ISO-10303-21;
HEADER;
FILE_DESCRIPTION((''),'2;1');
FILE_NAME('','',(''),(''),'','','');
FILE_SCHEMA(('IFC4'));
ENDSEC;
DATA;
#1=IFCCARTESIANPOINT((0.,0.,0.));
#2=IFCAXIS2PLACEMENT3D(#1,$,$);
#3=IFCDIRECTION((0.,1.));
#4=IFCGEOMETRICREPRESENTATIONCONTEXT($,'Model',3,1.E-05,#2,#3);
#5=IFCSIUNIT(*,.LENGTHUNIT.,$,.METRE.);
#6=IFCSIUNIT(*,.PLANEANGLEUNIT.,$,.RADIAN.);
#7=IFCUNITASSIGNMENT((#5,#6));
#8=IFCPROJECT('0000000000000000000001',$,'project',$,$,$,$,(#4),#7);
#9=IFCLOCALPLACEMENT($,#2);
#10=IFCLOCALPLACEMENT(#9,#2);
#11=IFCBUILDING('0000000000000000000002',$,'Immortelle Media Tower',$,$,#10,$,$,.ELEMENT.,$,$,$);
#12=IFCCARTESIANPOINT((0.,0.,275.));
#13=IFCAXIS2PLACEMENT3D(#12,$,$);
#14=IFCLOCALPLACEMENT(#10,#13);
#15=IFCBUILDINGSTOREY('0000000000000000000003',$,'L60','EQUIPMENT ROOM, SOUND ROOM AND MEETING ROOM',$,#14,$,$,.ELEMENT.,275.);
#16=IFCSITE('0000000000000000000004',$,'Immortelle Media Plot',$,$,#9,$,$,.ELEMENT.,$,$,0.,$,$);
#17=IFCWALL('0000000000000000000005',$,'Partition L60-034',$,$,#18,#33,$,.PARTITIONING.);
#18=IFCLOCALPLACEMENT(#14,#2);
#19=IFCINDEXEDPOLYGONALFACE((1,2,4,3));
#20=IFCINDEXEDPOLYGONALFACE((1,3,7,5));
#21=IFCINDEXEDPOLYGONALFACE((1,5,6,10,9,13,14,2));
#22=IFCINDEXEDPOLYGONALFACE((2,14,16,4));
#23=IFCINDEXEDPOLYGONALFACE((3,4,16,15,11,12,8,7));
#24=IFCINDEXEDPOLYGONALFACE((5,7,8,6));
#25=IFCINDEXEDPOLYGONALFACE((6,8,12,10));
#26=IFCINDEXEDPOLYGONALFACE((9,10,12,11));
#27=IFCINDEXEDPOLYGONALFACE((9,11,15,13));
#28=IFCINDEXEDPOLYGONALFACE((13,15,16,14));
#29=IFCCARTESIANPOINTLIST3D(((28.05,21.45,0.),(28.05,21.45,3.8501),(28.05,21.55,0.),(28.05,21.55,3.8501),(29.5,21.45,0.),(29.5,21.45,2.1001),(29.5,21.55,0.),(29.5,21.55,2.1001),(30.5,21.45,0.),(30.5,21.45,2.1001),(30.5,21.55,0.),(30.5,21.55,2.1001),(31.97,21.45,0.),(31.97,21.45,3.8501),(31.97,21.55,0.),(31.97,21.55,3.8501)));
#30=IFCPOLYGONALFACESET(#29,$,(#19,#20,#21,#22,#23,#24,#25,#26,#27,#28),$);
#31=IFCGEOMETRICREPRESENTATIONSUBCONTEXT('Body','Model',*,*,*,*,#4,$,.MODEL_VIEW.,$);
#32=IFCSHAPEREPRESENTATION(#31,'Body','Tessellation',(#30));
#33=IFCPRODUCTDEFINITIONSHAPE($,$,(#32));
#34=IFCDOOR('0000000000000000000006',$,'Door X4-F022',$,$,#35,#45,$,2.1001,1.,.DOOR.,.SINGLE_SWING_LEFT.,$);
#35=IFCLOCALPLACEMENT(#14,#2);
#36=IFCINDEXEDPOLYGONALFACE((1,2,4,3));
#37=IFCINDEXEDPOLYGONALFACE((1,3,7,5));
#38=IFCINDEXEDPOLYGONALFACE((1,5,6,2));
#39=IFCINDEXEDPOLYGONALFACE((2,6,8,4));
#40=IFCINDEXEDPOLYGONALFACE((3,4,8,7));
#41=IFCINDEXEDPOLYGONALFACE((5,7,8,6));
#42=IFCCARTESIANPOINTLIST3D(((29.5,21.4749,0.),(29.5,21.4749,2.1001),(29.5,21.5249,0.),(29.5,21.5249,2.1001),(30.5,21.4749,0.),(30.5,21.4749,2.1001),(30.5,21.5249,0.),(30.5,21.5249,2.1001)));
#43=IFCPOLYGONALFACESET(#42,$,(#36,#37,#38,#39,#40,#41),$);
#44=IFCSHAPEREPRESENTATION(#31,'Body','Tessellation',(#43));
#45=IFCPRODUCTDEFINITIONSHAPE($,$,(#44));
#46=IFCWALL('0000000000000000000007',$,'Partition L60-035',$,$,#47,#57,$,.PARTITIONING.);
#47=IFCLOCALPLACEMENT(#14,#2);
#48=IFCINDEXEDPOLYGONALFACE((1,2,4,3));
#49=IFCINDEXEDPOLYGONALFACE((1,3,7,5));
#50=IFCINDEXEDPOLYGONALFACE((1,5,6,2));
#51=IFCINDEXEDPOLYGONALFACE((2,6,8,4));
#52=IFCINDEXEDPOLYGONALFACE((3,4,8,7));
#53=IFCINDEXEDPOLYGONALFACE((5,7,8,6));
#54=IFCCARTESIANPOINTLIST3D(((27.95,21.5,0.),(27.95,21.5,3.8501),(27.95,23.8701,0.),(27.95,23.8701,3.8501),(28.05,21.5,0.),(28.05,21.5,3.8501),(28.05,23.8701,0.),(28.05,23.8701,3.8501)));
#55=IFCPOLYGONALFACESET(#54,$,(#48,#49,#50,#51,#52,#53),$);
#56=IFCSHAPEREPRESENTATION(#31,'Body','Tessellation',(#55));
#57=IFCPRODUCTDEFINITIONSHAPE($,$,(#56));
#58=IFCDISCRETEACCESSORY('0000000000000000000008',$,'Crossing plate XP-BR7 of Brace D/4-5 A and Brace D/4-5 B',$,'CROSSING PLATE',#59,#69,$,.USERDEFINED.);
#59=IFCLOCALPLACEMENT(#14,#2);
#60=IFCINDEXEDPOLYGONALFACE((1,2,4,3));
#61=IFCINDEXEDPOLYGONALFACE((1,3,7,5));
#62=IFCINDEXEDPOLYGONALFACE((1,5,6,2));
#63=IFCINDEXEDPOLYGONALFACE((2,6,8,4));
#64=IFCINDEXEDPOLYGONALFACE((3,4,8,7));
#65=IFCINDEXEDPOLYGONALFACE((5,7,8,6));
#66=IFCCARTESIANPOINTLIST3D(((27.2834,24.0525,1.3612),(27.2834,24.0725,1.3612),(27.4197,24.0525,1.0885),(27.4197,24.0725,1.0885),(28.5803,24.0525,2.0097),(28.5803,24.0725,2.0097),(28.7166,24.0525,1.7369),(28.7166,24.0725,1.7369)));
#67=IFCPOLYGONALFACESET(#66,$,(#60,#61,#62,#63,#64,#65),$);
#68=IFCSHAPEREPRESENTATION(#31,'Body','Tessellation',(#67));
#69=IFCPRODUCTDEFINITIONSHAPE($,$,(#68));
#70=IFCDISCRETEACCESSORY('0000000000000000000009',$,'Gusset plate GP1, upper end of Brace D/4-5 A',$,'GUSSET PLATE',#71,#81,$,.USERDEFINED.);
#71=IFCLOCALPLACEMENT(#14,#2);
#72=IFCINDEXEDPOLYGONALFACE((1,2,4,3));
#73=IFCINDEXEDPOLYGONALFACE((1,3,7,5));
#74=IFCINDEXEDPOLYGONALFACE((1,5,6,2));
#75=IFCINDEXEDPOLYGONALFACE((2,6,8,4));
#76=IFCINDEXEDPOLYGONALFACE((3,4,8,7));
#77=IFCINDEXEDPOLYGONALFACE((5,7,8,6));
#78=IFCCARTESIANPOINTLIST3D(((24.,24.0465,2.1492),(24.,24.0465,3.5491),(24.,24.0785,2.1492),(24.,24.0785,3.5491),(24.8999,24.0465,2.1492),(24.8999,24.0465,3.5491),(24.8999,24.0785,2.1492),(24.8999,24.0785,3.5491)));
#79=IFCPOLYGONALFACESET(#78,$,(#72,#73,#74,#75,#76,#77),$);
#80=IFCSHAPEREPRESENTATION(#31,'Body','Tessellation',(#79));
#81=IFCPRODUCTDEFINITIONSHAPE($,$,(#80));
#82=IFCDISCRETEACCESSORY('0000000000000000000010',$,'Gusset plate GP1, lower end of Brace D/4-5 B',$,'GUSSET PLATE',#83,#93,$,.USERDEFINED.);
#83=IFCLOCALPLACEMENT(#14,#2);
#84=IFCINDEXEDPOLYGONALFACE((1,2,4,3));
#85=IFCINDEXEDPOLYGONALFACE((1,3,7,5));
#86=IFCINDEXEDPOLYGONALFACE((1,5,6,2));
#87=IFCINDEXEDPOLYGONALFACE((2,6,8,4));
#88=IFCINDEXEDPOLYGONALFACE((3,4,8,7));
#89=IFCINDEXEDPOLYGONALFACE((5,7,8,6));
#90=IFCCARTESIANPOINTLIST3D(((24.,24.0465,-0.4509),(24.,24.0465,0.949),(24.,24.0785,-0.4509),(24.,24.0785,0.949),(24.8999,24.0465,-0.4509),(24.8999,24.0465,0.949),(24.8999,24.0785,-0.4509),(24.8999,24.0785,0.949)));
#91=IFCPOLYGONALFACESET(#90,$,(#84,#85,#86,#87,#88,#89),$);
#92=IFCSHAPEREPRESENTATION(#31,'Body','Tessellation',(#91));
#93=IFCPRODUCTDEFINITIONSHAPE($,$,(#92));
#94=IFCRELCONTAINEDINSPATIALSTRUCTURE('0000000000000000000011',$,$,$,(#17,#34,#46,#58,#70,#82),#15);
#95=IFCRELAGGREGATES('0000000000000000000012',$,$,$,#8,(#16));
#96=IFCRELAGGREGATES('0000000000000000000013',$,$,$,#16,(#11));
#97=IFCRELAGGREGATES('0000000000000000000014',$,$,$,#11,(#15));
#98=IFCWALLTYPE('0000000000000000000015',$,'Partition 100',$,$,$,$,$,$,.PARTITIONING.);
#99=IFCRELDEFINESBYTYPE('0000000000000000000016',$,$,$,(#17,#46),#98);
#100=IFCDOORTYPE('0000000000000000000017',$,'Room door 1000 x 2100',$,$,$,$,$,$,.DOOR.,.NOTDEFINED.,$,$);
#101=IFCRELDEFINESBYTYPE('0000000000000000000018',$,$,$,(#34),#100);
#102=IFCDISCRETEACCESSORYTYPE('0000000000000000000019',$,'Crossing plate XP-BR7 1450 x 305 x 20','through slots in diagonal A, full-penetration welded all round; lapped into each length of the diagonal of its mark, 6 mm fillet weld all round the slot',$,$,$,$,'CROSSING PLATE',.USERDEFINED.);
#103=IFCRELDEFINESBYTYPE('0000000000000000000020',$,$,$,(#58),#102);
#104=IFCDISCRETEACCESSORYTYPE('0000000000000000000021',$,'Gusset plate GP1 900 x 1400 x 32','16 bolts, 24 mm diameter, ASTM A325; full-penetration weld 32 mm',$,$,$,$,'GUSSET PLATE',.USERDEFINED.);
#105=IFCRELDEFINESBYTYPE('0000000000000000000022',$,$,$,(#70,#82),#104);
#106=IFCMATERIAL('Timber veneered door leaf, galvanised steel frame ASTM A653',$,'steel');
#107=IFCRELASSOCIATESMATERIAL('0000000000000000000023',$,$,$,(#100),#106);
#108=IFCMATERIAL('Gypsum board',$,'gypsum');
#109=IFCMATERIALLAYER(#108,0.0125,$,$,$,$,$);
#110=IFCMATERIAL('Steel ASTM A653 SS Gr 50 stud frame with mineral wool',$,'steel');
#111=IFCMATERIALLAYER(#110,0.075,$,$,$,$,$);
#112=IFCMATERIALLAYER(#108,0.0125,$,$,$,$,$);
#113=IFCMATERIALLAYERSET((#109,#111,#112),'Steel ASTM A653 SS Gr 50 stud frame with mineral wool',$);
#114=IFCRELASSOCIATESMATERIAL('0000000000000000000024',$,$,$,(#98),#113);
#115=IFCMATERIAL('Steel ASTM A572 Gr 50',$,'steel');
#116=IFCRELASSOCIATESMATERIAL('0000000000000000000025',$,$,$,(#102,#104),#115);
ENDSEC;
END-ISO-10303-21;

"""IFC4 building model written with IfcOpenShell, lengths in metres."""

from ifc_helpers import new_model, si_unit, direction, frame, frame_2d, origin, origin_2d, place, context, subcontext, project, spatial, rectangle, extrude, material, layer, layer_set, material_profile, profile_set, type_object, element, fill, save


model = new_model("IFC4")

# Units and contexts
model_context = context("Model", 3, precision=1e-05, world=origin(), true_north=direction((0.0, 1.0)))
body_context = subcontext(model_context, "Body", "Model", "MODEL_VIEW")
ifc_project = project(units=[si_unit("LENGTHUNIT", "METRE"), si_unit("PLANEANGLEUNIT", "RADIAN")], contexts=[model_context])

# Site, building, storey
site_placement = place(None, origin())
site = spatial("IfcSite", under=ifc_project, at=site_placement, Name="Immortelle Media Plot", CompositionType="ELEMENT", RefElevation=0.0)
building_placement = place(site_placement, origin())
building = spatial("IfcBuilding", under=site, at=building_placement, Name="Immortelle Media Tower", CompositionType="ELEMENT")
storey_placement = place(building_placement, frame((0.0, 0.0, 275.0)))
storey = spatial("IfcBuildingStorey", under=building, at=storey_placement, Name="L60", Description="EQUIPMENT ROOM, SOUND ROOM AND MEETING ROOM", CompositionType="ELEMENT", Elevation=275.0)

# Shared definitions
ifc_material_1 = material(Name="Steel ASTM A653 SS Gr 50 stud frame with mineral wool", Category="steel")

# Shared definitions
ifc_material_2 = material(Name="Timber veneered door leaf, galvanised steel frame ASTM A653", Category="steel")
door_type = type_object("IfcDoorType", Name="Room door 1000 x 2100", OperationType="NOTDEFINED", PredefinedType="DOOR", material=ifc_material_2)

# Shared definitions
ifc_material_3 = material(Name="Gypsum board", Category="gypsum")
ifc_layer_1 = layer(ifc_material_3, 0.0125)
ifc_layer_2 = layer(ifc_material_1, 0.075)
ifc_layer_3 = layer(ifc_material_3, 0.0125)
ifc_layer_set_1 = layer_set([ifc_layer_1, ifc_layer_2, ifc_layer_3], Name="Steel ASTM A653 SS Gr 50 stud frame with mineral wool")
wall_type_1 = type_object("IfcWallType", Name="Partition 100", PredefinedType="PARTITIONING", material=ifc_layer_set_1)

# Wall, opening, door
wall_1_placement = place(storey_placement, frame((28.05, 21.5, 0.0), z_axis=(0.0, 0.0, 1.0), x_axis=(1.0, 0.0, 0.0)))
wall_1 = element("IfcWall", 1, at=wall_1_placement, inside=storey, type_object=wall_type_1, Name="Partition L60-034", PredefinedType="PARTITIONING", context=body_context, shape_type="SweptSolid", body=[
    extrude(rectangle(XDim=3.9199, YDim=0.1001, at=frame_2d((1.96, 0.0))), origin(), (0.0, 0.0, 1.0), 3.8501),
])
opening_1_placement = place(wall_1_placement, frame((1.45, 0.0, 0.0)))
opening_1 = element("IfcOpeningElement", 2, at=opening_1_placement, cuts=wall_1, PredefinedType="OPENING", context=body_context, shape_type="SweptSolid", body=[
    extrude(rectangle(XDim=1.0, YDim=2.1001, at=frame_2d((0.5, 1.05))), frame((0.0, 0.0601, 0.0), z_axis=(0.0, -1.0, 0.0), x_axis=(1.0, 0.0, 0.0)), (0.0, 0.0, 1.0), 0.1201),
])
door_1_placement = place(opening_1_placement, origin())
door_1 = element("IfcDoor", 3, at=door_1_placement, inside=storey, type_object=door_type, Name="Door X4-F022", OperationType="SINGLE_SWING_LEFT", OverallHeight=2.1001, OverallWidth=1.0, PredefinedType="DOOR", context=body_context, shape_type="SweptSolid", body=[
    extrude(rectangle(XDim=1.0, YDim=2.1001, at=frame_2d((0.5, 1.05))), frame((0.0, 0.0249, 0.0), z_axis=(0.0, -1.0, 0.0), x_axis=(1.0, 0.0, 0.0)), (0.0, 0.0, 1.0), 0.05),
])
fill(opening_1, door_1)

# Wall
wall_2_placement = place(storey_placement, frame((28.0, 21.5, 0.0), z_axis=(0.0, 0.0, 1.0), x_axis=(0.0, 1.0, 0.0)))
element("IfcWall", 4, at=wall_2_placement, inside=storey, type_object=wall_type_1, Name="Partition L60-035", PredefinedType="PARTITIONING", context=body_context, shape_type="SweptSolid", body=[
    extrude(rectangle(XDim=2.3701, YDim=0.1001, at=frame_2d((1.1851, 0.0))), origin(), (0.0, 0.0, 1.0), 3.8501),
])

# Discrete accessories
ifc_material_4 = material(Name="Steel ASTM A572 Gr 50", Category="steel")
ifc_material_profile_1 = material_profile(ifc_material_4, rectangle(XDim=0.02, YDim=0.3049, at=origin_2d()), Name="PL 20 x 305")
ifc_profile_set_1 = profile_set([ifc_material_profile_1], Name="Steel ASTM A572 Gr 50")
discrete_accessory_type_1 = type_object("IfcDiscreteAccessoryType", Name="Crossing plate XP-BR7 1450 x 305 x 20", Description="through slots in diagonal A, full-penetration welded all round; lapped into each length of the diagonal of its mark, 6 mm fillet weld all round the slot", ElementType="CROSSING PLATE", PredefinedType="USERDEFINED", material=ifc_profile_set_1)
discrete_accessory_placement = place(storey_placement, frame((28.6484, 24.0625, 1.8733), z_axis=(-0.894427, 0.0, -0.447214), x_axis=(0.0, -1.0, 0.0)))
element("IfcDiscreteAccessory", 5, at=discrete_accessory_placement, inside=storey, type_object=discrete_accessory_type_1, Name="Crossing plate XP-BR7 of Brace D/4-5 A and Brace D/4-5 B", ObjectType="CROSSING PLATE", PredefinedType="USERDEFINED", context=body_context, shape_type="SweptSolid", body=[
    extrude(rectangle(XDim=0.02, YDim=0.3049, at=origin_2d()), origin(), (0.0, 0.0, 1.0), 1.45),
])
ifc_material_profile_2 = material_profile(ifc_material_4, rectangle(XDim=0.032, YDim=1.3999, at=origin_2d()), Name="PL 32 x 1400")
ifc_profile_set_2 = profile_set([ifc_material_profile_2], Name="Steel ASTM A572 Gr 50")
discrete_accessory_type_2 = type_object("IfcDiscreteAccessoryType", Name="Gusset plate GP1 900 x 1400 x 32", Description="16 bolts, 24 mm diameter, ASTM A325; full-penetration weld 32 mm", ElementType="GUSSET PLATE", PredefinedType="USERDEFINED", material=ifc_profile_set_2)
for number, where, z_axis, x_axis, name in (
    (6, (24.0, 24.0625, 2.8491), (1.0, 0.0, 0.0), (0.0, 1.0, 0.0), "Gusset plate GP1, upper end of Brace D/4-5 A"),
    (7, (24.0, 24.0625, 0.249), (1.0, 0.0, 0.0), (0.0, 1.0, 0.0), "Gusset plate GP1, lower end of Brace D/4-5 B"),
):
    element("IfcDiscreteAccessory", number, at=place(storey_placement, frame(where, z_axis=z_axis, x_axis=x_axis)), inside=storey, type_object=discrete_accessory_type_2, Name=name, ObjectType="GUSSET PLATE", PredefinedType="USERDEFINED", context=body_context, shape_type="SweptSolid", body=[
        extrude(rectangle(XDim=0.032, YDim=1.3999, at=origin_2d()), origin(), (0.0, 0.0, 1.0), 0.8999),
    ])

save(model, "model.ifc")
